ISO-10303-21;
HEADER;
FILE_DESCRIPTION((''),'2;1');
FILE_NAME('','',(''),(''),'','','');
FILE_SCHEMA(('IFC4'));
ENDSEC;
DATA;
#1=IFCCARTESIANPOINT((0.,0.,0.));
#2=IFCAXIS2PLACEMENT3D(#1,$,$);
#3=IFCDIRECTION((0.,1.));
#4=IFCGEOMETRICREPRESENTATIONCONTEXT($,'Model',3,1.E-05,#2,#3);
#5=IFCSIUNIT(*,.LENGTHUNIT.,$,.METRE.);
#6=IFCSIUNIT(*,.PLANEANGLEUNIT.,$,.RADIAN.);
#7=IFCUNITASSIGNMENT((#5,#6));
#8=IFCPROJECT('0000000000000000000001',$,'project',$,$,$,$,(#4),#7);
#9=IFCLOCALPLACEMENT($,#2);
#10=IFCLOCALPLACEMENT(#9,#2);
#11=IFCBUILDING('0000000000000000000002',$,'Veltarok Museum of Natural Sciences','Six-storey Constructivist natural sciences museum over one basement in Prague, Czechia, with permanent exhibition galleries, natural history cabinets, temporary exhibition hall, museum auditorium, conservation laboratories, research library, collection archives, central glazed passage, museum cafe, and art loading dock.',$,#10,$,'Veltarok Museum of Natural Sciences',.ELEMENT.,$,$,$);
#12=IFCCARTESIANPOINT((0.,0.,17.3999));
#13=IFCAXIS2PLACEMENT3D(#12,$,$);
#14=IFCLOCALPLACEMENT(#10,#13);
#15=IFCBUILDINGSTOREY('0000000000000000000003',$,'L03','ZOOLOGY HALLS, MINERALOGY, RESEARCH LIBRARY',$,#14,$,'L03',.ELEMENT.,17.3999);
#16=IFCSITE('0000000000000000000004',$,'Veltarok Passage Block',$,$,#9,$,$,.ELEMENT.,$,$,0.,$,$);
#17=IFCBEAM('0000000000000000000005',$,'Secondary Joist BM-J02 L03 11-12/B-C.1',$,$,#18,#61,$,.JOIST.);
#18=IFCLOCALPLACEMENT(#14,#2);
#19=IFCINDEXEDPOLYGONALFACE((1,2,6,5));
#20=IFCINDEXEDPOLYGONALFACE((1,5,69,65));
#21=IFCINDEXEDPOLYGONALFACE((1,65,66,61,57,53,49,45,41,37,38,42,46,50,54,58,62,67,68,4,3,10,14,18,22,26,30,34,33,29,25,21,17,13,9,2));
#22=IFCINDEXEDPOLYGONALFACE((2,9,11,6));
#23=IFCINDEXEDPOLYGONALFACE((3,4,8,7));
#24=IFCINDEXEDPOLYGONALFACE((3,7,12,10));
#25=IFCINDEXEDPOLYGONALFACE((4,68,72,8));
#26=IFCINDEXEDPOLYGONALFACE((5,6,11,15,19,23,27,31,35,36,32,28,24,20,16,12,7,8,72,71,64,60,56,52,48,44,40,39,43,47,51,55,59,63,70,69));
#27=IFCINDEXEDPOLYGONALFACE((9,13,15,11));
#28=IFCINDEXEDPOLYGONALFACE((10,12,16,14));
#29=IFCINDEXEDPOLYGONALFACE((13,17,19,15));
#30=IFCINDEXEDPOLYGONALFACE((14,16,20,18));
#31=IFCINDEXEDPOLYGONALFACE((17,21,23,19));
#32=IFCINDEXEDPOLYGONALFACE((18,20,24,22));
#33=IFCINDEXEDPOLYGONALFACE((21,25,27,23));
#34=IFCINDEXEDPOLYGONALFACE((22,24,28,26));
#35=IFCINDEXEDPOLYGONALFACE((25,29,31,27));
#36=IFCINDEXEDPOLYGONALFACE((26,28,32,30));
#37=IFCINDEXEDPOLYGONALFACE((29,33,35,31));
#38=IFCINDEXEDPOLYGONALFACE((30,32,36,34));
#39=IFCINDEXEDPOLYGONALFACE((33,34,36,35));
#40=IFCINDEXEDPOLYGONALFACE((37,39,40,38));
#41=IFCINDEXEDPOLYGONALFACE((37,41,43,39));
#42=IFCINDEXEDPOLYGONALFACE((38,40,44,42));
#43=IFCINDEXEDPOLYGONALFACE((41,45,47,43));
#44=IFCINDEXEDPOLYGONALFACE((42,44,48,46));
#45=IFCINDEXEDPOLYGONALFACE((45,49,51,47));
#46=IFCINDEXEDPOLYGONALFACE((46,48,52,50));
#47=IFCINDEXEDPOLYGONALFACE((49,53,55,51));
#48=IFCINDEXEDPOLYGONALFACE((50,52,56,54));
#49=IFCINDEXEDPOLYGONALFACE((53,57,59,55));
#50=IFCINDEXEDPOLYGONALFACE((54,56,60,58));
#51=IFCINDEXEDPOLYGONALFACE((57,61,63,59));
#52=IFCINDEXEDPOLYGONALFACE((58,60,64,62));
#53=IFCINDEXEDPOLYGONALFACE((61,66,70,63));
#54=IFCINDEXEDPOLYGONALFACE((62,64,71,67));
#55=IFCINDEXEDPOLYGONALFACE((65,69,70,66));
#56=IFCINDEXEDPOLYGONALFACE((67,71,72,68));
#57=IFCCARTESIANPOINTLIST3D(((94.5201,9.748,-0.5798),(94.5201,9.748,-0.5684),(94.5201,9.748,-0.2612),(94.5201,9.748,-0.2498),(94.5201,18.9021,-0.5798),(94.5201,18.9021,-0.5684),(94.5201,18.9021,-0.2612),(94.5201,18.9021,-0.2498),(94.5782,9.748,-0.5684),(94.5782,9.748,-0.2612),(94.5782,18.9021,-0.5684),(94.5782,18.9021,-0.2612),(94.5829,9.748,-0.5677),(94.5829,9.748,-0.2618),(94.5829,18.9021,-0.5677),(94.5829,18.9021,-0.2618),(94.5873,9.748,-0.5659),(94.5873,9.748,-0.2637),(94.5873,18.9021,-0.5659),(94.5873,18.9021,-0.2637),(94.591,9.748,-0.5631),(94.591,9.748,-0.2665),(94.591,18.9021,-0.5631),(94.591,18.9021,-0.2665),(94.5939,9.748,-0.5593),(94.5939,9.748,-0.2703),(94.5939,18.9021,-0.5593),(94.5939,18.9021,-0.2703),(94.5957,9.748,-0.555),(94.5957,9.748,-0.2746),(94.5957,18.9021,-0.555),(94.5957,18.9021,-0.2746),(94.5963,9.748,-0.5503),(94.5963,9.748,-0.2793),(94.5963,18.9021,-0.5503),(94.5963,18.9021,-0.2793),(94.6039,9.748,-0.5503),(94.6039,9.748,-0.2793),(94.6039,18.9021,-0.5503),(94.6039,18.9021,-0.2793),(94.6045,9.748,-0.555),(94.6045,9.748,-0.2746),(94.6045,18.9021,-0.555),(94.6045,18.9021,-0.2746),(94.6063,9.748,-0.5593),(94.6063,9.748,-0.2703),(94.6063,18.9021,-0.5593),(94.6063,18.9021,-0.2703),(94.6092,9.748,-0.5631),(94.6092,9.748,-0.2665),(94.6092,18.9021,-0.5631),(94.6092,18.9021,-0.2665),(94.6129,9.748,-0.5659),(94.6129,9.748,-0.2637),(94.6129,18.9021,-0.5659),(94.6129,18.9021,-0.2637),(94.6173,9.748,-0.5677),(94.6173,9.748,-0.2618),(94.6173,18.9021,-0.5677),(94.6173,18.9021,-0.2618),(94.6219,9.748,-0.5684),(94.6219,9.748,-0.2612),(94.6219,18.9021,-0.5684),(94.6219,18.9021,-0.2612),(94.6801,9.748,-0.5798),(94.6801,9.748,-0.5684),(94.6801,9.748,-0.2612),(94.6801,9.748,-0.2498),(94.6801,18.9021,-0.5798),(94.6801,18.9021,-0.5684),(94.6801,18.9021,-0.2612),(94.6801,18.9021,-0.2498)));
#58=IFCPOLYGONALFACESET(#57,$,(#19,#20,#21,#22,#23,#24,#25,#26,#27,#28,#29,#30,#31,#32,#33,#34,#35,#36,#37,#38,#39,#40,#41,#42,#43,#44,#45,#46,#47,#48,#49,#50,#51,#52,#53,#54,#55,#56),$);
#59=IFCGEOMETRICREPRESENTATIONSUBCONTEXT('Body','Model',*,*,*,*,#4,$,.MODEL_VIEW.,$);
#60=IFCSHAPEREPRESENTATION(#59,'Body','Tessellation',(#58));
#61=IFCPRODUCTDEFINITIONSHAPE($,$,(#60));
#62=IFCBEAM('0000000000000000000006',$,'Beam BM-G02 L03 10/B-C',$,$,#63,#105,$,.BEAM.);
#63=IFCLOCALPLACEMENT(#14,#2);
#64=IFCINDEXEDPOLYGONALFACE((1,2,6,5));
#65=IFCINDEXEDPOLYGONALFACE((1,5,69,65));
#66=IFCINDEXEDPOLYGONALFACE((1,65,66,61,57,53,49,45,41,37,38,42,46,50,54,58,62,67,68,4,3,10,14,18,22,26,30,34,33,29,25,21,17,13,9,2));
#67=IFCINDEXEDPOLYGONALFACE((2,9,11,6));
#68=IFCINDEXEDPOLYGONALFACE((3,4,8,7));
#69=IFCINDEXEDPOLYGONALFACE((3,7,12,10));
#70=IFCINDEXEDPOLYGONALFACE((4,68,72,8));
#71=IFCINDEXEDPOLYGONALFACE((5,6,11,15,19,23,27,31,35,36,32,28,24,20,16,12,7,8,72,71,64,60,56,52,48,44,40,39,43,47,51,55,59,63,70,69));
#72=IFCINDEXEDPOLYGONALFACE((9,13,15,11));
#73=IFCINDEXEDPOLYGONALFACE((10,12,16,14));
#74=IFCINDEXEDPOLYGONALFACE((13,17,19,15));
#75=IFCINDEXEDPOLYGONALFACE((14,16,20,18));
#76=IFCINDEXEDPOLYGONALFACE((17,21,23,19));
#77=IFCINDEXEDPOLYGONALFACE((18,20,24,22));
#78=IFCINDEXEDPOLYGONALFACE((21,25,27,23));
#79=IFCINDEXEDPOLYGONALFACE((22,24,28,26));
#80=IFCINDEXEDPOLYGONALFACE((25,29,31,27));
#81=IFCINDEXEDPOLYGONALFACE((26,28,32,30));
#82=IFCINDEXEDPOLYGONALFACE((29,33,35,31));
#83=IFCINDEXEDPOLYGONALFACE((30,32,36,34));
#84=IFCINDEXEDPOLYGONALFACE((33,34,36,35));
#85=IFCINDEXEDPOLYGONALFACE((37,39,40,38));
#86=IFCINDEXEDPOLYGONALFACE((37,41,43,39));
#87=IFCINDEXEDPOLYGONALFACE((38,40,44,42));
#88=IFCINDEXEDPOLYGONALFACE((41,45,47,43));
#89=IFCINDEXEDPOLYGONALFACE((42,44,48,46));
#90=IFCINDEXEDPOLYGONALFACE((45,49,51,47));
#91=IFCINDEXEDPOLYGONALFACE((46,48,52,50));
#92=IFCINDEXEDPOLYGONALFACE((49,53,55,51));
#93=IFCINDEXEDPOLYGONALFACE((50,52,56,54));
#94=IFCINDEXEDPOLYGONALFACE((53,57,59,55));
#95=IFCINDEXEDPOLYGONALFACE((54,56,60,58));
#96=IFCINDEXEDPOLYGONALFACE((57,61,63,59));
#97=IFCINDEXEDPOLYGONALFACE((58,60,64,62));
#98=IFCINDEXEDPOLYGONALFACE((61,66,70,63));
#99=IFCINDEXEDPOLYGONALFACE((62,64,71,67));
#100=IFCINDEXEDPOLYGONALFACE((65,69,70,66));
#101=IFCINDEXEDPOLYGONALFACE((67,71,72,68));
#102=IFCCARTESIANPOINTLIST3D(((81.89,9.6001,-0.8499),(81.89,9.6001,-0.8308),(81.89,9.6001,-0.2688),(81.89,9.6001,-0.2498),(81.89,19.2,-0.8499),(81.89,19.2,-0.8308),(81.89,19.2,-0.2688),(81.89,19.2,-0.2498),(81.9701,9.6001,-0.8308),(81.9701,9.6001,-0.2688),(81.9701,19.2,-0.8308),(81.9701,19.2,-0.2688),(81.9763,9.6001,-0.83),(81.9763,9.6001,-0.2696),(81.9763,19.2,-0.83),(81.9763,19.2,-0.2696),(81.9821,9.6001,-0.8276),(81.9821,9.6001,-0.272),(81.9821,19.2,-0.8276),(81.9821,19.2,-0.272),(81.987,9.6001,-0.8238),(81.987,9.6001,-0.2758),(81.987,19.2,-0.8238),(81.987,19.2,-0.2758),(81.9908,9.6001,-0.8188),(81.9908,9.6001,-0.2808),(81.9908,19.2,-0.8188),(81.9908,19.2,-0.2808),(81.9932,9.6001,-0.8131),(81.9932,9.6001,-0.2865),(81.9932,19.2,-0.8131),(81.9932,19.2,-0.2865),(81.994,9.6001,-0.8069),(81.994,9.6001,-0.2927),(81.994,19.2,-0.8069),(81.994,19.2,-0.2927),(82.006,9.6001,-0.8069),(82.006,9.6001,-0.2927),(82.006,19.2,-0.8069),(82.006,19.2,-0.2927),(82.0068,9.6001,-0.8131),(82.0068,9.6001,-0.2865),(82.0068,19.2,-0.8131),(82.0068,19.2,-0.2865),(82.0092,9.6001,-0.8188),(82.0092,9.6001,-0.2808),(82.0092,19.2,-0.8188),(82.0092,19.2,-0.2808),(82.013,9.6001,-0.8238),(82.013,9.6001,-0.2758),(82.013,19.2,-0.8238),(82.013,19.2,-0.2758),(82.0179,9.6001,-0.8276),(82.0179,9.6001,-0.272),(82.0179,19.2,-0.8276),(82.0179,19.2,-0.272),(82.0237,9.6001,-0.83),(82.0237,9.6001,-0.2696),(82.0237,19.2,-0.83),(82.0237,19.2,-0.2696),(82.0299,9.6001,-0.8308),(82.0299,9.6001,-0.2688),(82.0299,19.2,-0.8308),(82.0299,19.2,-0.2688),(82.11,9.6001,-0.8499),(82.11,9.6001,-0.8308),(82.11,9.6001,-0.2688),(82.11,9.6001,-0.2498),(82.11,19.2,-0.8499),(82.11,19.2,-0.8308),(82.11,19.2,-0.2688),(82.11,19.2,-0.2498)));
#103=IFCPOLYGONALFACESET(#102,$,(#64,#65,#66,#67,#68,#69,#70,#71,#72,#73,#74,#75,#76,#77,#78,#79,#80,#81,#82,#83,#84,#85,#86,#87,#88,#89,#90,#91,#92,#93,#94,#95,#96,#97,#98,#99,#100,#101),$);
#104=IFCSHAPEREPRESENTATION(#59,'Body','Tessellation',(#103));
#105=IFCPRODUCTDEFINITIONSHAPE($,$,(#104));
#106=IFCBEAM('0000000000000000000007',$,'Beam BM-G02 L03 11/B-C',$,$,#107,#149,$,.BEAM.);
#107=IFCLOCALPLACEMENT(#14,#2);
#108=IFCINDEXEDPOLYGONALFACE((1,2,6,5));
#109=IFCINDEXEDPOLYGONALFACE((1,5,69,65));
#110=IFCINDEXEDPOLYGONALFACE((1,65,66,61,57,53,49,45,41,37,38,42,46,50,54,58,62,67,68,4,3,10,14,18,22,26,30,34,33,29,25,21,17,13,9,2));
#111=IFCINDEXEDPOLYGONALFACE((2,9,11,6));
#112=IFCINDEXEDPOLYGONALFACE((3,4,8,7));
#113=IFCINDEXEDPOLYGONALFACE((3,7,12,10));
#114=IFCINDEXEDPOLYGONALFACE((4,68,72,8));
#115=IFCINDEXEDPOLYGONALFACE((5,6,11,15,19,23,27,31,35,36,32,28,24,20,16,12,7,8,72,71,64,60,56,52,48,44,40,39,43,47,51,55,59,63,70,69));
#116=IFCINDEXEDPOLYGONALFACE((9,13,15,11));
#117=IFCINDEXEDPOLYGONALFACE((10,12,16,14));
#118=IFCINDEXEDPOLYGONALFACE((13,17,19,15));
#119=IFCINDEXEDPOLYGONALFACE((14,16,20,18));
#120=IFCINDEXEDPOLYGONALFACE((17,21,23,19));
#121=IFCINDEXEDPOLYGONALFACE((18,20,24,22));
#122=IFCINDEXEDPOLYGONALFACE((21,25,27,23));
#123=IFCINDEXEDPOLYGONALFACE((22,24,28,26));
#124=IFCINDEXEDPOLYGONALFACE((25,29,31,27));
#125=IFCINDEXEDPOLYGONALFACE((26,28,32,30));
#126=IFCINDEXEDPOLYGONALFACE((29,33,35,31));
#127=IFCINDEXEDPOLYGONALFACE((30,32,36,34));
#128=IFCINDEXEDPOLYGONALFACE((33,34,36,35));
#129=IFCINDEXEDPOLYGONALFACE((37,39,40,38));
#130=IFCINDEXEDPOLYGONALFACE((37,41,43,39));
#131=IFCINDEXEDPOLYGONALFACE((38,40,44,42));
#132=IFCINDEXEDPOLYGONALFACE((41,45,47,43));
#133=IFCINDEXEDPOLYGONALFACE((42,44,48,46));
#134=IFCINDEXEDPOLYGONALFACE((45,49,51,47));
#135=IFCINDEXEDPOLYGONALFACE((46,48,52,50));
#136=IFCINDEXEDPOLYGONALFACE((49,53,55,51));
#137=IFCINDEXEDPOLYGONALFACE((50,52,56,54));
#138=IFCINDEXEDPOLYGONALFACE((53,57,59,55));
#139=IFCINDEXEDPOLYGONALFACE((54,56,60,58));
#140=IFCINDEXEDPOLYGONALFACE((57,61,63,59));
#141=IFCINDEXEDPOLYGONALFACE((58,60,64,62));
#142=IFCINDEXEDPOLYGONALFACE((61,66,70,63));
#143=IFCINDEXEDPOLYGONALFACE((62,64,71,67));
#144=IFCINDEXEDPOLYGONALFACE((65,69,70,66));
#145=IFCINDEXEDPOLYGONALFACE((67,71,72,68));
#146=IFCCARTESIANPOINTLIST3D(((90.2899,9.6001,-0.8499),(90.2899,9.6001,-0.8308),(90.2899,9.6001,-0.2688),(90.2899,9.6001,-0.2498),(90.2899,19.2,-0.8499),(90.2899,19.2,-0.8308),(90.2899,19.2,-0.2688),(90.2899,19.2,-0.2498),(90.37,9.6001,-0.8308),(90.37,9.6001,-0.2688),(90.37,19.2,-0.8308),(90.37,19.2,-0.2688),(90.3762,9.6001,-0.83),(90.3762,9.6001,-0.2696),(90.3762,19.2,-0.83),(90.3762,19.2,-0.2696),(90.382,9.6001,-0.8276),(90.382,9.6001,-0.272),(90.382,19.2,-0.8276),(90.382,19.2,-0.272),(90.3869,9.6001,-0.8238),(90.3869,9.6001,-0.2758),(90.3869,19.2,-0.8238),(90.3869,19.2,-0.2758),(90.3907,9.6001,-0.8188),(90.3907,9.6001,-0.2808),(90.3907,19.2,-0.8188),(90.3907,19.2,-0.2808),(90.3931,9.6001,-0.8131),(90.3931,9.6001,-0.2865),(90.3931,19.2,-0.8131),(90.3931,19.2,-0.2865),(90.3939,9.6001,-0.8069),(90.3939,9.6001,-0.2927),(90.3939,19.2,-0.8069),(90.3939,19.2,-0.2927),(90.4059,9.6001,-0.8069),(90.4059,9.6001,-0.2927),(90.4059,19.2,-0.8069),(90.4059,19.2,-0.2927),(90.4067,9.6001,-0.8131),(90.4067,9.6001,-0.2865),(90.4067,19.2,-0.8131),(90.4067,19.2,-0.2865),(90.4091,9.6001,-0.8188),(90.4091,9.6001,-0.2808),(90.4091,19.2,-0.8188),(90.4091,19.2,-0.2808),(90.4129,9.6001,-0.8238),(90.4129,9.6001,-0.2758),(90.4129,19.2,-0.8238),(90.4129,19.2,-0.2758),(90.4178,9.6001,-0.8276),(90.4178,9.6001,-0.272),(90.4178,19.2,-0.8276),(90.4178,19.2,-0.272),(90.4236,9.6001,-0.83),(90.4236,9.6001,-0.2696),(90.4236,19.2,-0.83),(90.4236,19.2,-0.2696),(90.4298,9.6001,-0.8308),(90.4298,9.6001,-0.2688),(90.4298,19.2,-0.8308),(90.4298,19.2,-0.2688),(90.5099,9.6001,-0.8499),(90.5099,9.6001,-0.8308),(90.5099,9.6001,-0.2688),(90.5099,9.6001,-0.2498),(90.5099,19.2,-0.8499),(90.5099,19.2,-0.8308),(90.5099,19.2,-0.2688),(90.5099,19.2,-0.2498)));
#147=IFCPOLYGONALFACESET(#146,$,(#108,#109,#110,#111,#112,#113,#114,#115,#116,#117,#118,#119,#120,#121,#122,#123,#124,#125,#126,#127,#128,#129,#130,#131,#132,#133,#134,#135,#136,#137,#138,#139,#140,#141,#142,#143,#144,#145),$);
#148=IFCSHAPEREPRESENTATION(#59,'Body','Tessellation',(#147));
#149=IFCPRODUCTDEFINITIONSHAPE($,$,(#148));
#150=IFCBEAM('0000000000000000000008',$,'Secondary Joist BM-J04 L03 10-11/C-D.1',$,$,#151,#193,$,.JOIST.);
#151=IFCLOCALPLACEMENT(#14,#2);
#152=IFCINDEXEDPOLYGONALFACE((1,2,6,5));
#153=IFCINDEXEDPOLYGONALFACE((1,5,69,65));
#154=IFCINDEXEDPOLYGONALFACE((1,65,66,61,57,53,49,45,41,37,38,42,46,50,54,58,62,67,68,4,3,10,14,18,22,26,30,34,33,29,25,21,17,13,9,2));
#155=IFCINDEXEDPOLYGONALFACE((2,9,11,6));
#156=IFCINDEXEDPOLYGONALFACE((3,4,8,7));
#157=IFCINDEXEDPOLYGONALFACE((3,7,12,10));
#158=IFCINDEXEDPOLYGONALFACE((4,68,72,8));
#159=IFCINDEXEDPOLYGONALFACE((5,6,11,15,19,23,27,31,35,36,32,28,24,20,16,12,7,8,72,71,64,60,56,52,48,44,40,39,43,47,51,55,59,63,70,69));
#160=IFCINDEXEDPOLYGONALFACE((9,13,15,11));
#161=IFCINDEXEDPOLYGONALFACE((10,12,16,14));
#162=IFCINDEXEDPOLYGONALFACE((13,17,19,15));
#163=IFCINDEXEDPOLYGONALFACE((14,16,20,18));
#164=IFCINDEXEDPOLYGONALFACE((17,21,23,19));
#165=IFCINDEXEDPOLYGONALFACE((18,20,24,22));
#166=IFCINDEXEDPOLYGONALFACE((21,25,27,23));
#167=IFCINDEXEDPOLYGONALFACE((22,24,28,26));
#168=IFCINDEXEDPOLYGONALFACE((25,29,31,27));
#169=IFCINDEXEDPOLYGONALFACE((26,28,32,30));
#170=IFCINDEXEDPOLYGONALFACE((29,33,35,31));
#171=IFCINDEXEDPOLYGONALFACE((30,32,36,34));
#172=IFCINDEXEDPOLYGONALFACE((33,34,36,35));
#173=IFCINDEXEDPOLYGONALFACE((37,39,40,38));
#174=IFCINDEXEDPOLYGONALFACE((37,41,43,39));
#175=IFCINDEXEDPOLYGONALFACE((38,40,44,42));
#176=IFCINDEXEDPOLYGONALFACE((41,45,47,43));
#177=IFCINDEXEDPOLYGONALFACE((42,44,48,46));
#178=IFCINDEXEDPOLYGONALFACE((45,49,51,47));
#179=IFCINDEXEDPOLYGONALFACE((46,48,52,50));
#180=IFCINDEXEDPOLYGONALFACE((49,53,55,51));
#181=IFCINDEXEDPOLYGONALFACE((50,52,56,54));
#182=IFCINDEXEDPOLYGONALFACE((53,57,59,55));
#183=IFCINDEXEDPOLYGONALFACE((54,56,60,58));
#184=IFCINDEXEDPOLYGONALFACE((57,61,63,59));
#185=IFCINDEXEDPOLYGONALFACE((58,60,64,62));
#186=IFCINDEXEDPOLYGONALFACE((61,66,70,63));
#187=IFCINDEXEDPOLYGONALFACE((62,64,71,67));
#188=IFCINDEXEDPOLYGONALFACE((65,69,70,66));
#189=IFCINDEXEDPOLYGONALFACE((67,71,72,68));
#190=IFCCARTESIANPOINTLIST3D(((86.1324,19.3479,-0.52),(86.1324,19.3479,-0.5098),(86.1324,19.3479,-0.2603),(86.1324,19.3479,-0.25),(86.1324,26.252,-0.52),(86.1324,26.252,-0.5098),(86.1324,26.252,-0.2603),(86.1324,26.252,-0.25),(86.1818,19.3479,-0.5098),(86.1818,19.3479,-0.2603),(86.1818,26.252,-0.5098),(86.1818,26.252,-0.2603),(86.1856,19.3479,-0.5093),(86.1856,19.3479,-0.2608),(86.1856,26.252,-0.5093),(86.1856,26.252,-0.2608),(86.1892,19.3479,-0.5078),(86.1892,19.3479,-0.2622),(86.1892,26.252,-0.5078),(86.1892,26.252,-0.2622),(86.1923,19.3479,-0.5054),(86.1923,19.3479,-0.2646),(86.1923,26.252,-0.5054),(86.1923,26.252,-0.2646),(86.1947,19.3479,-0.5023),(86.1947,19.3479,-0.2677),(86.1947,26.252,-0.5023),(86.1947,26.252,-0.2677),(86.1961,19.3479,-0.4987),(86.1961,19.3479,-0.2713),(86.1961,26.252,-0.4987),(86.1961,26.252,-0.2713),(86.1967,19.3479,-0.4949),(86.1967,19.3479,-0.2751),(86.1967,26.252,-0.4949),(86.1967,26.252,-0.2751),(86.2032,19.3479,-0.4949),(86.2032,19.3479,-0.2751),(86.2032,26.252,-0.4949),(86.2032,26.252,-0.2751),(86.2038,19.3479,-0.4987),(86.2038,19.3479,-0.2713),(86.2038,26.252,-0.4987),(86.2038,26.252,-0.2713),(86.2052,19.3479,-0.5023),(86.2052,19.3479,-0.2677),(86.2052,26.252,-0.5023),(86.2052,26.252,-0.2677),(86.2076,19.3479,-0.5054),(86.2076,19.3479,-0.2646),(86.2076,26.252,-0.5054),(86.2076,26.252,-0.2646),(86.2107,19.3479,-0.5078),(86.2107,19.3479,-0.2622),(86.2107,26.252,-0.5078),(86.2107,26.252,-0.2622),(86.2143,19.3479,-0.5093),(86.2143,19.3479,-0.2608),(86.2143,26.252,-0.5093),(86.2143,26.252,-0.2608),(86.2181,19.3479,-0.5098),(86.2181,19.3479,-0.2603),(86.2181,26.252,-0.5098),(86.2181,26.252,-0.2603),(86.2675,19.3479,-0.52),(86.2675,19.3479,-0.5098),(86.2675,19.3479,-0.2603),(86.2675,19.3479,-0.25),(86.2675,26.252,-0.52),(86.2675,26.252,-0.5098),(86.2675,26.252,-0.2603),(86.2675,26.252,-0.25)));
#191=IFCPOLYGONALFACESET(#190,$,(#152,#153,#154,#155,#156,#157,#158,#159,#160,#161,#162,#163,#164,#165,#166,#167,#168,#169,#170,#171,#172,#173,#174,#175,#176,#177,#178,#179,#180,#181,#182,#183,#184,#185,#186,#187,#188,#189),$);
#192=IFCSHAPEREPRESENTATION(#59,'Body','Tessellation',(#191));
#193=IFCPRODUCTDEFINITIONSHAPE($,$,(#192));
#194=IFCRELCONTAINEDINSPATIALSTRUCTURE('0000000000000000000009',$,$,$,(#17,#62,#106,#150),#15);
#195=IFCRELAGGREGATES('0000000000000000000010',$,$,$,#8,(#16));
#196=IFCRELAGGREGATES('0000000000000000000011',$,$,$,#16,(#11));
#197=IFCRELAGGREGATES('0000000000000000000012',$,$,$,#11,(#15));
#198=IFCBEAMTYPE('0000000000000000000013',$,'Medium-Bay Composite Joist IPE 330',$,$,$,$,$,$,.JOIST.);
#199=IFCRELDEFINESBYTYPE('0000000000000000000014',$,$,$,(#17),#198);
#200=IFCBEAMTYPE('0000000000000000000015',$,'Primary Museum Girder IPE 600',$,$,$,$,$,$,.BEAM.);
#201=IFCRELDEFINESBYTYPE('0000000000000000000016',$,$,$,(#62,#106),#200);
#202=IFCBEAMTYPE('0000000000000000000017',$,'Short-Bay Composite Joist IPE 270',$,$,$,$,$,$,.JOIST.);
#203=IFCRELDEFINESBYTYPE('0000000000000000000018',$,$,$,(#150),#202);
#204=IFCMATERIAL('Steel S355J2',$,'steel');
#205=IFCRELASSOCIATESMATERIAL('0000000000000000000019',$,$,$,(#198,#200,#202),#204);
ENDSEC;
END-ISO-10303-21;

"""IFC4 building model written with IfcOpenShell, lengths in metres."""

from ifc_helpers import new_model, si_unit, direction, frame, origin, origin_2d, place, context, subcontext, project, spatial, i_section, extrude, material, material_profile, profile_set, type_object, element, save


model = new_model("IFC4")

# Units and contexts
model_context = context("Model", 3, precision=1e-05, world=origin(), true_north=direction((0.0, 1.0)))
body_context = subcontext(model_context, "Body", "Model", "MODEL_VIEW")
ifc_project = project(units=[si_unit("LENGTHUNIT", "METRE"), si_unit("PLANEANGLEUNIT", "RADIAN")], contexts=[model_context])

# Site, building, storey
site_placement = place(None, origin())
site = spatial("IfcSite", under=ifc_project, at=site_placement, Name="Veltarok Passage Block", CompositionType="ELEMENT", RefElevation=0.0)
building_placement = place(site_placement, origin())
building = spatial("IfcBuilding", under=site, at=building_placement, Name="Veltarok Museum of Natural Sciences", Description="Six-storey Constructivist natural sciences museum over one basement in Prague, Czechia, with permanent exhibition galleries, natural history cabinets, temporary exhibition hall, museum auditorium, conservation laboratories, research library, collection archives, central glazed passage, museum cafe, and art loading dock.", LongName="Veltarok Museum of Natural Sciences", CompositionType="ELEMENT")
storey_placement = place(building_placement, frame((0.0, 0.0, 17.3999)))
storey = spatial("IfcBuildingStorey", under=building, at=storey_placement, Name="L03", Description="ZOOLOGY HALLS, MINERALOGY, RESEARCH LIBRARY", LongName="L03", CompositionType="ELEMENT", Elevation=17.3999)

# Shared definitions
ifc_material_1 = material(Name="Steel S355J2", Category="steel")

# Beams
ifc_material_profile_1 = material_profile(ifc_material_1, i_section(OverallWidth=0.1599, OverallDepth=0.3301, WebThickness=0.0076, FlangeThickness=0.0115, FilletRadius=0.0181, at=origin_2d()), Name="IPE 330")
ifc_profile_set_1 = profile_set([ifc_material_profile_1], Name="Steel S355J2")
beam_type_1 = type_object("IfcBeamType", Name="Medium-Bay Composite Joist IPE 330", PredefinedType="JOIST", material=ifc_profile_set_1)
beam_1_placement = place(storey_placement, frame((94.6001, 9.748, -0.4148), z_axis=(0.0, 1.0, 0.0), x_axis=(-1.0, 0.0, 0.0)))
element("IfcBeam", 1, at=beam_1_placement, inside=storey, type_object=beam_type_1, Name="Secondary Joist BM-J02 L03 11-12/B-C.1", PredefinedType="JOIST", context=body_context, shape_type="SweptSolid", body=[
    extrude(i_section(OverallWidth=0.1599, OverallDepth=0.3301, WebThickness=0.0076, FlangeThickness=0.0115, FilletRadius=0.0181, at=origin_2d()), origin(), (0.0, 0.0, 1.0), 9.1541),
])
ifc_material_profile_2 = material_profile(ifc_material_1, i_section(OverallWidth=0.22, OverallDepth=0.6001, WebThickness=0.012, FlangeThickness=0.019, FilletRadius=0.0239, at=origin_2d()), Name="IPE 600")
ifc_profile_set_2 = profile_set([ifc_material_profile_2], Name="Steel S355J2")
beam_type_2 = type_object("IfcBeamType", Name="Primary Museum Girder IPE 600", PredefinedType="BEAM", material=ifc_profile_set_2)
for number, where, z_axis, x_axis, name in (
    (2, (82.0, 9.6001, -0.5498), (0.0, 1.0, 0.0), (-1.0, 0.0, 0.0), "Beam BM-G02 L03 10/B-C"),
    (3, (90.3999, 9.6001, -0.5498), (0.0, 1.0, 0.0), (-1.0, 0.0, 0.0), "Beam BM-G02 L03 11/B-C"),
):
    element("IfcBeam", number, at=place(storey_placement, frame(where, z_axis=z_axis, x_axis=x_axis)), inside=storey, type_object=beam_type_2, Name=name, PredefinedType="BEAM", context=body_context, shape_type="SweptSolid", body=[
        extrude(i_section(OverallWidth=0.22, OverallDepth=0.6001, WebThickness=0.012, FlangeThickness=0.019, FilletRadius=0.0239, at=origin_2d()), origin(), (0.0, 0.0, 1.0), 9.5999),
    ])
ifc_material_profile_3 = material_profile(ifc_material_1, i_section(OverallWidth=0.135, OverallDepth=0.27, WebThickness=0.0066, FlangeThickness=0.0103, FilletRadius=0.0149, at=origin_2d()), Name="IPE 270")
ifc_profile_set_3 = profile_set([ifc_material_profile_3], Name="Steel S355J2")
beam_type_3 = type_object("IfcBeamType", Name="Short-Bay Composite Joist IPE 270", PredefinedType="JOIST", material=ifc_profile_set_3)
beam_2_placement = place(storey_placement, frame((86.2, 19.3479, -0.385), z_axis=(0.0, 1.0, 0.0), x_axis=(-1.0, 0.0, 0.0)))
element("IfcBeam", 4, at=beam_2_placement, inside=storey, type_object=beam_type_3, Name="Secondary Joist BM-J04 L03 10-11/C-D.1", PredefinedType="JOIST", context=body_context, shape_type="SweptSolid", body=[
    extrude(i_section(OverallWidth=0.135, OverallDepth=0.27, WebThickness=0.0066, FlangeThickness=0.0103, FilletRadius=0.0149, at=origin_2d()), origin(), (0.0, 0.0, 1.0), 6.9041),
])

save(model, "model.ifc")
